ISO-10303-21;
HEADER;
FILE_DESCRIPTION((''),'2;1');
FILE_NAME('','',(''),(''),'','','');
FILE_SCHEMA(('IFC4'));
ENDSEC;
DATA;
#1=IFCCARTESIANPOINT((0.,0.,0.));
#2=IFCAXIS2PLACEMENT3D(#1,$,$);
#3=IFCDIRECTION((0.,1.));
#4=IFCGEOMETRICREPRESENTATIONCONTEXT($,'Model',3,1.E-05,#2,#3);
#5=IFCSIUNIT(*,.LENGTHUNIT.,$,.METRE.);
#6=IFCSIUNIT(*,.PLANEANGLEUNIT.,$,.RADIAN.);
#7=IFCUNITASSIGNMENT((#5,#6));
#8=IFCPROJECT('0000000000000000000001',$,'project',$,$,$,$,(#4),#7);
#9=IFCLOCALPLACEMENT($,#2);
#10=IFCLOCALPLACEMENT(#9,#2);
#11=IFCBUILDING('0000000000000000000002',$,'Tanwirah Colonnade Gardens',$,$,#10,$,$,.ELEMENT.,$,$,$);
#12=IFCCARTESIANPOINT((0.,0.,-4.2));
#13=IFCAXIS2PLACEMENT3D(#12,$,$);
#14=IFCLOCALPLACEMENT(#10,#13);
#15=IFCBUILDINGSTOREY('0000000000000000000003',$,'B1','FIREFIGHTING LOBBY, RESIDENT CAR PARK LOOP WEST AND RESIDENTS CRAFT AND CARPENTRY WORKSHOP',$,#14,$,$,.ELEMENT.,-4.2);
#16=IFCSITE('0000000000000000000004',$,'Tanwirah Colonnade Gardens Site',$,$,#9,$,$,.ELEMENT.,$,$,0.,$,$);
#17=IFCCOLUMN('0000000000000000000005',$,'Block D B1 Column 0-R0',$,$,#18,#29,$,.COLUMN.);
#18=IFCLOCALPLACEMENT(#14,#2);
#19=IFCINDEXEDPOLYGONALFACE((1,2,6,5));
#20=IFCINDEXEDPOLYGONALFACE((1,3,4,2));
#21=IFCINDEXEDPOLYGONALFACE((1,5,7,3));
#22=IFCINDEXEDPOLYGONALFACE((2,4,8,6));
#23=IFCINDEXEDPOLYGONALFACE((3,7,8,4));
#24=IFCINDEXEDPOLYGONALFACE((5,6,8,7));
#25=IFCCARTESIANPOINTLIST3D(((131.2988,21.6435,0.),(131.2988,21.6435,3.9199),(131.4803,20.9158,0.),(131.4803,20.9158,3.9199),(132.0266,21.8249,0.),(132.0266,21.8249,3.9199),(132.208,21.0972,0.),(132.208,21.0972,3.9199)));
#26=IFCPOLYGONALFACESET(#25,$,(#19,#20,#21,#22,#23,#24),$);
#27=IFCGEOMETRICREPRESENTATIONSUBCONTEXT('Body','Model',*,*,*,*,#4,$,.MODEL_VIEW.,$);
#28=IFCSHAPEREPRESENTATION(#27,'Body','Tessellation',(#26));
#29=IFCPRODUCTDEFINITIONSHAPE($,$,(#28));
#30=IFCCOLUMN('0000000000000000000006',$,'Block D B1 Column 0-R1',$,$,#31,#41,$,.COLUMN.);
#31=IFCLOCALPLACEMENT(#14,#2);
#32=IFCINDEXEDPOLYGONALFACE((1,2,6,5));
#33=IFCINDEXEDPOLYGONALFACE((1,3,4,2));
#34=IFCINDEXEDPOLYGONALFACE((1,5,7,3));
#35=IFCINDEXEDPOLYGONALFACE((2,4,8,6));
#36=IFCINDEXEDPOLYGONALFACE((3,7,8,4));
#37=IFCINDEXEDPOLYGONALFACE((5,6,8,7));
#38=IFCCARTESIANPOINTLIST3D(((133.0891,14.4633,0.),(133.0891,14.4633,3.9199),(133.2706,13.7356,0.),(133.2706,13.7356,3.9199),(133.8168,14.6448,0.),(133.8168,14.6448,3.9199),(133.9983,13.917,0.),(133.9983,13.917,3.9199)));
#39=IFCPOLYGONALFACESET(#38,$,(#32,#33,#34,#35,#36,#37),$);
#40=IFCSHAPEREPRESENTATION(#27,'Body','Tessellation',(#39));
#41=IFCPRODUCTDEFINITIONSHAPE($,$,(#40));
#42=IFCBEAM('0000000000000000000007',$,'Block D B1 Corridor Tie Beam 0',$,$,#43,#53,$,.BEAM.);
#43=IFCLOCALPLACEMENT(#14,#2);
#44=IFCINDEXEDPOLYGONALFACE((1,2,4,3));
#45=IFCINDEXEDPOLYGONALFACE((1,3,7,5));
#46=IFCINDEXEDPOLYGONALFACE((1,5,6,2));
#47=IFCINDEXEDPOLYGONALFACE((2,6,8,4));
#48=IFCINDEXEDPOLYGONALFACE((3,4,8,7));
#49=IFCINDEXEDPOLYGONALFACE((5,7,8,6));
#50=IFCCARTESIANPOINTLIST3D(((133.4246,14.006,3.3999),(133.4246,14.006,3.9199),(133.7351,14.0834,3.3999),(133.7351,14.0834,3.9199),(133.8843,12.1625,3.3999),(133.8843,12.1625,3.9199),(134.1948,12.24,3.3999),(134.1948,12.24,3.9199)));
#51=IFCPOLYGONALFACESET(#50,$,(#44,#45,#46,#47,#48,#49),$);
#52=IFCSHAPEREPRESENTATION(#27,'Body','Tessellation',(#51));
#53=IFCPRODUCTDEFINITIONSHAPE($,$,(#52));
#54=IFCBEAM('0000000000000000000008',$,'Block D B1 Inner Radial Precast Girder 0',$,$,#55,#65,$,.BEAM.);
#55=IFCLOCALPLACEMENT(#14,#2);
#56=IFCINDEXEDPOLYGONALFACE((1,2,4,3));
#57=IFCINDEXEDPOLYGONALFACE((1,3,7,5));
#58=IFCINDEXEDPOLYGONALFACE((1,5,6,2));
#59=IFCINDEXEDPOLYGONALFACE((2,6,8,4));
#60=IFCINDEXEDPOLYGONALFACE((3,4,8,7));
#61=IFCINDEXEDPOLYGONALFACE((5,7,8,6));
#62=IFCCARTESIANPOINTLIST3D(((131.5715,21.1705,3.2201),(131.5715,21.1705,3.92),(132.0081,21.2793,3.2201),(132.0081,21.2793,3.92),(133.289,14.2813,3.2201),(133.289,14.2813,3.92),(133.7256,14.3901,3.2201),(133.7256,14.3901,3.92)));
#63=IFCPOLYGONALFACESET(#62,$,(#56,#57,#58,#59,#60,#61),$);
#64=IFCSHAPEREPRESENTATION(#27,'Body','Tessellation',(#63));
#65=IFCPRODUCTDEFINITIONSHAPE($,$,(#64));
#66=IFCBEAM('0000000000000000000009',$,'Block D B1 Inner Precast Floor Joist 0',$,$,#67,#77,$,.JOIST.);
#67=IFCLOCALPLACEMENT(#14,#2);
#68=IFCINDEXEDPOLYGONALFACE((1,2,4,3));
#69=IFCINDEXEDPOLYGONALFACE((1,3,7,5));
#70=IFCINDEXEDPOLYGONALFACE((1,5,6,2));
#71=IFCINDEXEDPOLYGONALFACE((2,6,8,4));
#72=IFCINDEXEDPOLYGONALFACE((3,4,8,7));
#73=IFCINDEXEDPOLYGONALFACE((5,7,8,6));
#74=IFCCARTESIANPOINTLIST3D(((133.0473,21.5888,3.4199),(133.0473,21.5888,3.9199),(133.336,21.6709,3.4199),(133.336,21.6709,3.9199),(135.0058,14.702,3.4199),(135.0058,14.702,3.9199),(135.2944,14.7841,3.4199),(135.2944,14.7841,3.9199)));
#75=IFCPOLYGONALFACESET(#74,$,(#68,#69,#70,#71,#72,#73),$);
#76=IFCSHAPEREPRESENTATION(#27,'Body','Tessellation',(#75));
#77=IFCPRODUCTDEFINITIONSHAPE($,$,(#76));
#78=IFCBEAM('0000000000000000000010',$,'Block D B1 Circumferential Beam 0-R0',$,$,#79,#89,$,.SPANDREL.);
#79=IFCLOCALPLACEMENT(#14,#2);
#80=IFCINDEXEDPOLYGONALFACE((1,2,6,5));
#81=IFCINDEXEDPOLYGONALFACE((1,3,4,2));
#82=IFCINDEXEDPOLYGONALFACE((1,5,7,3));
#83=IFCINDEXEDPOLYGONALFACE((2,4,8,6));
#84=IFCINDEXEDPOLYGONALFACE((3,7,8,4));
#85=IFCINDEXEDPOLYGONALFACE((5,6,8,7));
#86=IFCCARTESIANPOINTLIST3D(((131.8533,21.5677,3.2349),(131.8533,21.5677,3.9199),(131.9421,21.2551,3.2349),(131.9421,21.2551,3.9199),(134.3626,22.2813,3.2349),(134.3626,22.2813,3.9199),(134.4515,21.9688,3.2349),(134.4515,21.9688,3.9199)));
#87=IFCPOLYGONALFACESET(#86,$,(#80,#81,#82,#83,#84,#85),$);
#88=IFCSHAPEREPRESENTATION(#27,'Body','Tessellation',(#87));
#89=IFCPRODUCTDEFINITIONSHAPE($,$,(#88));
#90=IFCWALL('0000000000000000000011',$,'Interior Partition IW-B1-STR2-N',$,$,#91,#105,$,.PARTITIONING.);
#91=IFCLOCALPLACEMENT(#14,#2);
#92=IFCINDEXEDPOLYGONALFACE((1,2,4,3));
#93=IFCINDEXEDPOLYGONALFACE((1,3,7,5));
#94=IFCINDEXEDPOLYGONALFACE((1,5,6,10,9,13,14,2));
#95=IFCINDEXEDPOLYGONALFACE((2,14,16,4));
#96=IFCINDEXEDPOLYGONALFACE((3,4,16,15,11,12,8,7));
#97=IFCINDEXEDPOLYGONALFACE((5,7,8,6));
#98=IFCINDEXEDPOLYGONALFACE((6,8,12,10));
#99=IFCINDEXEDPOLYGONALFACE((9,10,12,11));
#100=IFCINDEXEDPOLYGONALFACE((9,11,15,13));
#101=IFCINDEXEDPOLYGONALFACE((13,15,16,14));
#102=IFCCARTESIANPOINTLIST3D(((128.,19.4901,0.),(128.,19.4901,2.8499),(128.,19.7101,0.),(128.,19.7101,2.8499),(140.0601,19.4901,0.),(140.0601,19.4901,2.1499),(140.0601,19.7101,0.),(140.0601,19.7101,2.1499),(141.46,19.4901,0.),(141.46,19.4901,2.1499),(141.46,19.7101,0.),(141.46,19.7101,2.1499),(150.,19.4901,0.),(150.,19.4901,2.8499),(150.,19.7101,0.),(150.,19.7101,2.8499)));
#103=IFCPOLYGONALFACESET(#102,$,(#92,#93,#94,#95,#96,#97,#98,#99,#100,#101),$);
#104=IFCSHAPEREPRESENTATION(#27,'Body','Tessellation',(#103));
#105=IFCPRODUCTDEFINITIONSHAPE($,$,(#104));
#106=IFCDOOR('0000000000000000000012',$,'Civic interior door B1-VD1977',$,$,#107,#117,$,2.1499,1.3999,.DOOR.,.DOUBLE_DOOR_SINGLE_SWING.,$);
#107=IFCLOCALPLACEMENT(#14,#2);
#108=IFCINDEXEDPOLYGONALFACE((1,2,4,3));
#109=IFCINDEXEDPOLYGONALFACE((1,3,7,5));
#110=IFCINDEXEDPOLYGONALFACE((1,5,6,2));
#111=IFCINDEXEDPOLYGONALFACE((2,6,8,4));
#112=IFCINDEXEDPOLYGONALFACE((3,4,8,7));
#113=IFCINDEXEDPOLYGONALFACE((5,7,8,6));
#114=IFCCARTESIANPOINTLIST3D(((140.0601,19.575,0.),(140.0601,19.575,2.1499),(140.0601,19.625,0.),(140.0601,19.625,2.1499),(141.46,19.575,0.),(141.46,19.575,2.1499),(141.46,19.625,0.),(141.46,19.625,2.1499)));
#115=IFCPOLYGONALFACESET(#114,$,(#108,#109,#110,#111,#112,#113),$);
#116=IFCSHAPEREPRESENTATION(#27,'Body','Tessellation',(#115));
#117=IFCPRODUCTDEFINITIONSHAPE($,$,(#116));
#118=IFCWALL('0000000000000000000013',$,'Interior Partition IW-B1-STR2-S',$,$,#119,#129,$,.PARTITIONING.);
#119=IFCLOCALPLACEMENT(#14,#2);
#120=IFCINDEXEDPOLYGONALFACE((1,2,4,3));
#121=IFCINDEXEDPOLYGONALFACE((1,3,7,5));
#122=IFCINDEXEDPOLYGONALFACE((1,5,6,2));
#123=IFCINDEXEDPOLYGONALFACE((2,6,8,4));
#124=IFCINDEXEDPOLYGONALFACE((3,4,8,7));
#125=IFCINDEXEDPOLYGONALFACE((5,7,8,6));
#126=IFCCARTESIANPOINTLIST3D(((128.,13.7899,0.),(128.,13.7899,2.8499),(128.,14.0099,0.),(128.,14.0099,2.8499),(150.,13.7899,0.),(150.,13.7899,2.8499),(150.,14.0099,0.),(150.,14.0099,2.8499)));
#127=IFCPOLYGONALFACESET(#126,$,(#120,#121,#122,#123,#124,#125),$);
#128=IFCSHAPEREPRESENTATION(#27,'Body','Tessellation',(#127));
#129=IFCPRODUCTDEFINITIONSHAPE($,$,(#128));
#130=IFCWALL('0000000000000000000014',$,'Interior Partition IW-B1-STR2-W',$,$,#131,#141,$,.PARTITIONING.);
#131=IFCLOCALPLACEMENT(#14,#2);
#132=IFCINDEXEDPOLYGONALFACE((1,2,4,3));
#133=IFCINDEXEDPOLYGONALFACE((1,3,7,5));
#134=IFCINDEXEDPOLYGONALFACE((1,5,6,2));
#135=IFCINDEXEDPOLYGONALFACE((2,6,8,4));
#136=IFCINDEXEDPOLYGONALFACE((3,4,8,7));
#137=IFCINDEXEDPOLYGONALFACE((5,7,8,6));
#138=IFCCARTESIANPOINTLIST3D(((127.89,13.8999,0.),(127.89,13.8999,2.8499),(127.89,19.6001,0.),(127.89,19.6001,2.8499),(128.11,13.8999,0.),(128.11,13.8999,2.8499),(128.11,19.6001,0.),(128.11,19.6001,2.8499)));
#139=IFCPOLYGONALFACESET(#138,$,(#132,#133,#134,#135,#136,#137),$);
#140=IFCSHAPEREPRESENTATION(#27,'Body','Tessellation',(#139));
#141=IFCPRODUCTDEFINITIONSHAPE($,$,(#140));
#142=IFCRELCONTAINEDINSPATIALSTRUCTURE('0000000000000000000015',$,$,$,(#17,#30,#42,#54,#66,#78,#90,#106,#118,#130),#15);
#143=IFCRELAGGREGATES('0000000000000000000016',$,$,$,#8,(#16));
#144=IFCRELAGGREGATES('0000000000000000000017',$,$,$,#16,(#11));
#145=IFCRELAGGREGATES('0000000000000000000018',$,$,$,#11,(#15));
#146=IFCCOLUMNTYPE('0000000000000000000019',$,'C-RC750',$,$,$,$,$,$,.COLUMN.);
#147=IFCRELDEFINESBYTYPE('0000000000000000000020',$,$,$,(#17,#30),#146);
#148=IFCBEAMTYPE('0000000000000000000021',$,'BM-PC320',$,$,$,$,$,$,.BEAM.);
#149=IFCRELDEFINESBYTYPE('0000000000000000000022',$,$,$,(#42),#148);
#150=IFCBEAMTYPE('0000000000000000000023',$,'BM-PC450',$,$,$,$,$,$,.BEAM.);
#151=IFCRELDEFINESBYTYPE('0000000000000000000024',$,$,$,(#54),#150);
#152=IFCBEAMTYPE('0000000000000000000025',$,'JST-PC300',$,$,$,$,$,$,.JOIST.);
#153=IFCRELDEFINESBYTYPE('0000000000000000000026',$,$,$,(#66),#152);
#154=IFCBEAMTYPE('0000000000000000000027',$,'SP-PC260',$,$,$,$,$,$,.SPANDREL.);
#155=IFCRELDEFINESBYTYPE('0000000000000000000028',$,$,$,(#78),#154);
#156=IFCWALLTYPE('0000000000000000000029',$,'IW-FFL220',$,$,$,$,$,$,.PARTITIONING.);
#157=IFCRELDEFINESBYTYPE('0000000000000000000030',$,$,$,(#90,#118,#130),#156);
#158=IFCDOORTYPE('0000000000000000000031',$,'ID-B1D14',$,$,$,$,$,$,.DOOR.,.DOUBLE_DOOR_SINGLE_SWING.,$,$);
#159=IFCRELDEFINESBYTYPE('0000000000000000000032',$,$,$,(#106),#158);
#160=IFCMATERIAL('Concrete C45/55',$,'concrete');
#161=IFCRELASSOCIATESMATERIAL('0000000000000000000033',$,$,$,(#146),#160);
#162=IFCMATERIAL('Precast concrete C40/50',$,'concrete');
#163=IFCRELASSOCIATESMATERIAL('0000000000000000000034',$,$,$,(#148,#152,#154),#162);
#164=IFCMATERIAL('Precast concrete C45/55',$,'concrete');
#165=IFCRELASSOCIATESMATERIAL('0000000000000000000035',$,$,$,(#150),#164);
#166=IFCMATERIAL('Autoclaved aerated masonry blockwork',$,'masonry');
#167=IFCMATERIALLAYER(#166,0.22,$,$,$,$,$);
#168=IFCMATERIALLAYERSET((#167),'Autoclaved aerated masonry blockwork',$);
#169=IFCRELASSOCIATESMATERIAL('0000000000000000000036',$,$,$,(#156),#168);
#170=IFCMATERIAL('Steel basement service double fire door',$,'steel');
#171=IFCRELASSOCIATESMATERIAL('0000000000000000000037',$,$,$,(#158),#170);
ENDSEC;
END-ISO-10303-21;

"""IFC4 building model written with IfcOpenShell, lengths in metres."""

from ifc_helpers import new_model, si_unit, direction, frame, frame_2d, origin, origin_2d, place, context, subcontext, project, spatial, rectangle, extrude, material, layer, layer_set, material_profile, profile_set, type_object, element, fill, save


model = new_model("IFC4")

# Units and contexts
model_context = context("Model", 3, precision=1e-05, world=origin(), true_north=direction((0.0, 1.0)))
body_context = subcontext(model_context, "Body", "Model", "MODEL_VIEW")
ifc_project = project(units=[si_unit("LENGTHUNIT", "METRE"), si_unit("PLANEANGLEUNIT", "RADIAN")], contexts=[model_context])

# Site, building, storey
site_placement = place(None, origin())
site = spatial("IfcSite", under=ifc_project, at=site_placement, Name="Tanwirah Colonnade Gardens Site", CompositionType="ELEMENT", RefElevation=0.0)
building_placement = place(site_placement, origin())
building = spatial("IfcBuilding", under=site, at=building_placement, Name="Tanwirah Colonnade Gardens", CompositionType="ELEMENT")
storey_placement = place(building_placement, frame((0.0, 0.0, -4.2)))
storey = spatial("IfcBuildingStorey", under=building, at=storey_placement, Name="B1", Description="FIREFIGHTING LOBBY, RESIDENT CAR PARK LOOP WEST AND RESIDENTS CRAFT AND CARPENTRY WORKSHOP", CompositionType="ELEMENT", Elevation=-4.2)

# Shared definitions
ifc_material_1 = material(Name="Concrete C45/55", Category="concrete")

# Columns
ifc_material_2 = material(Name="Precast concrete C40/50", Category="concrete")
ifc_material_profile_1 = material_profile(ifc_material_1, rectangle(XDim=0.75, YDim=0.75, at=origin_2d()), Name="RC-COL 750x750")
ifc_profile_set_1 = profile_set([ifc_material_profile_1], Name="Concrete C45/55")
column_type_1 = type_object("IfcColumnType", Name="C-RC750", PredefinedType="COLUMN", material=ifc_profile_set_1)
for number, where, z_axis, x_axis, name in (
    (1, (131.7534, 21.3704, 0.0), (0.0, 0.0, 1.0), (0.241922, -0.970296, 0.0), "Block D B1 Column 0-R0"),
    (2, (133.5437, 14.1902, 0.0), (0.0, 0.0, 1.0), (0.241922, -0.970296, 0.0), "Block D B1 Column 0-R1"),
):
    element("IfcColumn", number, at=place(storey_placement, frame(where, z_axis=z_axis, x_axis=x_axis)), inside=storey, type_object=column_type_1, Name=name, PredefinedType="COLUMN", context=body_context, shape_type="SweptSolid", body=[
        extrude(rectangle(XDim=0.75, YDim=0.75, at=origin_2d()), origin(), (0.0, 0.0, 1.0), 3.9199),
    ])

# Beams
ifc_material_profile_2 = material_profile(ifc_material_2, rectangle(XDim=0.3201, YDim=0.52, at=origin_2d()), Name="PC-BM 320x520")
ifc_profile_set_2 = profile_set([ifc_material_profile_2], Name="Precast concrete C40/50")
beam_type_1 = type_object("IfcBeamType", Name="BM-PC320", PredefinedType="BEAM", material=ifc_profile_set_2)
beam_1_placement = place(storey_placement, frame((133.5798, 14.0447, 3.6599), z_axis=(0.241961, -0.970286, 0.0), x_axis=(0.970286, 0.241961, 0.0)))
element("IfcBeam", 3, at=beam_1_placement, inside=storey, type_object=beam_type_1, Name="Block D B1 Corridor Tie Beam 0", PredefinedType="BEAM", context=body_context, shape_type="SweptSolid", body=[
    extrude(rectangle(XDim=0.3201, YDim=0.52, at=origin_2d()), origin(), (0.0, 0.0, 1.0), 1.8999),
])
ifc_material_3 = material(Name="Precast concrete C45/55", Category="concrete")
ifc_material_profile_3 = material_profile(ifc_material_3, rectangle(XDim=0.45, YDim=0.7, at=origin_2d()), Name="PC-BM 450x700")
ifc_profile_set_3 = profile_set([ifc_material_profile_3], Name="Precast concrete C45/55")
beam_type_2 = type_object("IfcBeamType", Name="BM-PC450", PredefinedType="BEAM", material=ifc_profile_set_3)
beam_2_placement = place(storey_placement, frame((133.5073, 14.3357, 3.5701), z_axis=(-0.241904, 0.9703, 0.0), x_axis=(-0.9703, -0.241904, 0.0)))
element("IfcBeam", 4, at=beam_2_placement, inside=storey, type_object=beam_type_2, Name="Block D B1 Inner Radial Precast Girder 0", PredefinedType="BEAM", context=body_context, shape_type="SweptSolid", body=[
    extrude(rectangle(XDim=0.45, YDim=0.7, at=origin_2d()), origin(), (0.0, 0.0, 1.0), 7.1001),
])
ifc_material_profile_4 = material_profile(ifc_material_2, rectangle(XDim=0.3, YDim=0.5, at=origin_2d()), Name="PC-JST 300x500")
ifc_profile_set_4 = profile_set([ifc_material_profile_4], Name="Precast concrete C40/50")
beam_type_3 = type_object("IfcBeamType", Name="JST-PC300", PredefinedType="JOIST", material=ifc_profile_set_4)
beam_3_placement = place(storey_placement, frame((133.1917, 21.6299, 3.6699), z_axis=(0.273532, -0.961863, 0.0), x_axis=(0.961863, 0.273532, 0.0)))
element("IfcBeam", 5, at=beam_3_placement, inside=storey, type_object=beam_type_3, Name="Block D B1 Inner Precast Floor Joist 0", PredefinedType="JOIST", context=body_context, shape_type="SweptSolid", body=[
    extrude(rectangle(XDim=0.3, YDim=0.5, at=origin_2d()), origin(), (0.0, 0.0, 1.0), 7.1599),
])
ifc_material_profile_5 = material_profile(ifc_material_2, rectangle(XDim=0.325, YDim=0.6851, at=origin_2d()), Name="PC-SP 325x685")
ifc_profile_set_5 = profile_set([ifc_material_profile_5], Name="Precast concrete C40/50")
beam_type_4 = type_object("IfcBeamType", Name="SP-PC260", PredefinedType="SPANDREL", material=ifc_profile_set_5)
beam_4_placement = place(storey_placement, frame((131.8977, 21.4114, 3.5774), z_axis=(0.961859, 0.273547, 0.0), x_axis=(-0.273547, 0.961859, 0.0)))
element("IfcBeam", 6, at=beam_4_placement, inside=storey, type_object=beam_type_4, Name="Block D B1 Circumferential Beam 0-R0", PredefinedType="SPANDREL", context=body_context, shape_type="SweptSolid", body=[
    extrude(rectangle(XDim=0.325, YDim=0.6851, at=origin_2d()), origin(), (0.0, 0.0, 1.0), 2.6089),
])

# Wall, opening, door
ifc_material_4 = material(Name="Autoclaved aerated masonry blockwork", Category="masonry")
ifc_layer = layer(ifc_material_4, 0.22)
ifc_layer_set = layer_set([ifc_layer], Name="Autoclaved aerated masonry blockwork")
wall_type = type_object("IfcWallType", Name="IW-FFL220", PredefinedType="PARTITIONING", material=ifc_layer_set)
wall_1_placement = place(storey_placement, frame((128.0, 19.6001, 0.0), z_axis=(0.0, 0.0, 1.0), x_axis=(1.0, 0.0, 0.0)))
wall_1 = element("IfcWall", 7, at=wall_1_placement, inside=storey, type_object=wall_type, Name="Interior Partition IW-B1-STR2-N", PredefinedType="PARTITIONING", context=body_context, shape_type="SweptSolid", body=[
    extrude(rectangle(XDim=22.0, YDim=0.22, at=frame_2d((11.0, 0.0))), origin(), (0.0, 0.0, 1.0), 2.8499),
])
opening_placement = place(wall_1_placement, frame((12.0601, 0.0, 0.0)))
opening = element("IfcOpeningElement", 8, at=opening_placement, cuts=wall_1, PredefinedType="OPENING", context=body_context, shape_type="SweptSolid", body=[
    extrude(rectangle(XDim=1.3999, YDim=2.1499, at=frame_2d((0.7, 1.075))), frame((0.0, 0.1199, 0.0), z_axis=(0.0, -1.0, 0.0), x_axis=(1.0, 0.0, 0.0)), (0.0, 0.0, 1.0), 0.24),
])
ifc_material_5 = material(Name="Steel basement service double fire door", Category="steel")
door_type = type_object("IfcDoorType", Name="ID-B1D14", OperationType="DOUBLE_DOOR_SINGLE_SWING", PredefinedType="DOOR", material=ifc_material_5)
door_placement = place(opening_placement, origin())
door = element("IfcDoor", 9, at=door_placement, inside=storey, type_object=door_type, Name="Civic interior door B1-VD1977", OperationType="DOUBLE_DOOR_SINGLE_SWING", OverallHeight=2.1499, OverallWidth=1.3999, PredefinedType="DOOR", context=body_context, shape_type="SweptSolid", body=[
    extrude(rectangle(XDim=1.3999, YDim=2.1499, at=frame_2d((0.7, 1.075))), frame((0.0, 0.0249, 0.0), z_axis=(0.0, -1.0, 0.0), x_axis=(1.0, 0.0, 0.0)), (0.0, 0.0, 1.0), 0.05),
])
fill(opening, door)

# Walls
wall_2_placement = place(storey_placement, frame((128.0, 13.8999, 0.0), z_axis=(0.0, 0.0, 1.0), x_axis=(1.0, 0.0, 0.0)))
element("IfcWall", 10, at=wall_2_placement, inside=storey, type_object=wall_type, Name="Interior Partition IW-B1-STR2-S", PredefinedType="PARTITIONING", context=body_context, shape_type="SweptSolid", body=[
    extrude(rectangle(XDim=22.0, YDim=0.22, at=frame_2d((11.0, 0.0))), origin(), (0.0, 0.0, 1.0), 2.8499),
])
wall_3_placement = place(storey_placement, frame((128.0, 13.8999, 0.0), z_axis=(0.0, 0.0, 1.0), x_axis=(0.0, 1.0, 0.0)))
element("IfcWall", 11, at=wall_3_placement, inside=storey, type_object=wall_type, Name="Interior Partition IW-B1-STR2-W", PredefinedType="PARTITIONING", context=body_context, shape_type="SweptSolid", body=[
    extrude(rectangle(XDim=5.7002, YDim=0.22, at=frame_2d((2.8501, 0.0))), origin(), (0.0, 0.0, 1.0), 2.8499),
])

save(model, "model.ifc")
